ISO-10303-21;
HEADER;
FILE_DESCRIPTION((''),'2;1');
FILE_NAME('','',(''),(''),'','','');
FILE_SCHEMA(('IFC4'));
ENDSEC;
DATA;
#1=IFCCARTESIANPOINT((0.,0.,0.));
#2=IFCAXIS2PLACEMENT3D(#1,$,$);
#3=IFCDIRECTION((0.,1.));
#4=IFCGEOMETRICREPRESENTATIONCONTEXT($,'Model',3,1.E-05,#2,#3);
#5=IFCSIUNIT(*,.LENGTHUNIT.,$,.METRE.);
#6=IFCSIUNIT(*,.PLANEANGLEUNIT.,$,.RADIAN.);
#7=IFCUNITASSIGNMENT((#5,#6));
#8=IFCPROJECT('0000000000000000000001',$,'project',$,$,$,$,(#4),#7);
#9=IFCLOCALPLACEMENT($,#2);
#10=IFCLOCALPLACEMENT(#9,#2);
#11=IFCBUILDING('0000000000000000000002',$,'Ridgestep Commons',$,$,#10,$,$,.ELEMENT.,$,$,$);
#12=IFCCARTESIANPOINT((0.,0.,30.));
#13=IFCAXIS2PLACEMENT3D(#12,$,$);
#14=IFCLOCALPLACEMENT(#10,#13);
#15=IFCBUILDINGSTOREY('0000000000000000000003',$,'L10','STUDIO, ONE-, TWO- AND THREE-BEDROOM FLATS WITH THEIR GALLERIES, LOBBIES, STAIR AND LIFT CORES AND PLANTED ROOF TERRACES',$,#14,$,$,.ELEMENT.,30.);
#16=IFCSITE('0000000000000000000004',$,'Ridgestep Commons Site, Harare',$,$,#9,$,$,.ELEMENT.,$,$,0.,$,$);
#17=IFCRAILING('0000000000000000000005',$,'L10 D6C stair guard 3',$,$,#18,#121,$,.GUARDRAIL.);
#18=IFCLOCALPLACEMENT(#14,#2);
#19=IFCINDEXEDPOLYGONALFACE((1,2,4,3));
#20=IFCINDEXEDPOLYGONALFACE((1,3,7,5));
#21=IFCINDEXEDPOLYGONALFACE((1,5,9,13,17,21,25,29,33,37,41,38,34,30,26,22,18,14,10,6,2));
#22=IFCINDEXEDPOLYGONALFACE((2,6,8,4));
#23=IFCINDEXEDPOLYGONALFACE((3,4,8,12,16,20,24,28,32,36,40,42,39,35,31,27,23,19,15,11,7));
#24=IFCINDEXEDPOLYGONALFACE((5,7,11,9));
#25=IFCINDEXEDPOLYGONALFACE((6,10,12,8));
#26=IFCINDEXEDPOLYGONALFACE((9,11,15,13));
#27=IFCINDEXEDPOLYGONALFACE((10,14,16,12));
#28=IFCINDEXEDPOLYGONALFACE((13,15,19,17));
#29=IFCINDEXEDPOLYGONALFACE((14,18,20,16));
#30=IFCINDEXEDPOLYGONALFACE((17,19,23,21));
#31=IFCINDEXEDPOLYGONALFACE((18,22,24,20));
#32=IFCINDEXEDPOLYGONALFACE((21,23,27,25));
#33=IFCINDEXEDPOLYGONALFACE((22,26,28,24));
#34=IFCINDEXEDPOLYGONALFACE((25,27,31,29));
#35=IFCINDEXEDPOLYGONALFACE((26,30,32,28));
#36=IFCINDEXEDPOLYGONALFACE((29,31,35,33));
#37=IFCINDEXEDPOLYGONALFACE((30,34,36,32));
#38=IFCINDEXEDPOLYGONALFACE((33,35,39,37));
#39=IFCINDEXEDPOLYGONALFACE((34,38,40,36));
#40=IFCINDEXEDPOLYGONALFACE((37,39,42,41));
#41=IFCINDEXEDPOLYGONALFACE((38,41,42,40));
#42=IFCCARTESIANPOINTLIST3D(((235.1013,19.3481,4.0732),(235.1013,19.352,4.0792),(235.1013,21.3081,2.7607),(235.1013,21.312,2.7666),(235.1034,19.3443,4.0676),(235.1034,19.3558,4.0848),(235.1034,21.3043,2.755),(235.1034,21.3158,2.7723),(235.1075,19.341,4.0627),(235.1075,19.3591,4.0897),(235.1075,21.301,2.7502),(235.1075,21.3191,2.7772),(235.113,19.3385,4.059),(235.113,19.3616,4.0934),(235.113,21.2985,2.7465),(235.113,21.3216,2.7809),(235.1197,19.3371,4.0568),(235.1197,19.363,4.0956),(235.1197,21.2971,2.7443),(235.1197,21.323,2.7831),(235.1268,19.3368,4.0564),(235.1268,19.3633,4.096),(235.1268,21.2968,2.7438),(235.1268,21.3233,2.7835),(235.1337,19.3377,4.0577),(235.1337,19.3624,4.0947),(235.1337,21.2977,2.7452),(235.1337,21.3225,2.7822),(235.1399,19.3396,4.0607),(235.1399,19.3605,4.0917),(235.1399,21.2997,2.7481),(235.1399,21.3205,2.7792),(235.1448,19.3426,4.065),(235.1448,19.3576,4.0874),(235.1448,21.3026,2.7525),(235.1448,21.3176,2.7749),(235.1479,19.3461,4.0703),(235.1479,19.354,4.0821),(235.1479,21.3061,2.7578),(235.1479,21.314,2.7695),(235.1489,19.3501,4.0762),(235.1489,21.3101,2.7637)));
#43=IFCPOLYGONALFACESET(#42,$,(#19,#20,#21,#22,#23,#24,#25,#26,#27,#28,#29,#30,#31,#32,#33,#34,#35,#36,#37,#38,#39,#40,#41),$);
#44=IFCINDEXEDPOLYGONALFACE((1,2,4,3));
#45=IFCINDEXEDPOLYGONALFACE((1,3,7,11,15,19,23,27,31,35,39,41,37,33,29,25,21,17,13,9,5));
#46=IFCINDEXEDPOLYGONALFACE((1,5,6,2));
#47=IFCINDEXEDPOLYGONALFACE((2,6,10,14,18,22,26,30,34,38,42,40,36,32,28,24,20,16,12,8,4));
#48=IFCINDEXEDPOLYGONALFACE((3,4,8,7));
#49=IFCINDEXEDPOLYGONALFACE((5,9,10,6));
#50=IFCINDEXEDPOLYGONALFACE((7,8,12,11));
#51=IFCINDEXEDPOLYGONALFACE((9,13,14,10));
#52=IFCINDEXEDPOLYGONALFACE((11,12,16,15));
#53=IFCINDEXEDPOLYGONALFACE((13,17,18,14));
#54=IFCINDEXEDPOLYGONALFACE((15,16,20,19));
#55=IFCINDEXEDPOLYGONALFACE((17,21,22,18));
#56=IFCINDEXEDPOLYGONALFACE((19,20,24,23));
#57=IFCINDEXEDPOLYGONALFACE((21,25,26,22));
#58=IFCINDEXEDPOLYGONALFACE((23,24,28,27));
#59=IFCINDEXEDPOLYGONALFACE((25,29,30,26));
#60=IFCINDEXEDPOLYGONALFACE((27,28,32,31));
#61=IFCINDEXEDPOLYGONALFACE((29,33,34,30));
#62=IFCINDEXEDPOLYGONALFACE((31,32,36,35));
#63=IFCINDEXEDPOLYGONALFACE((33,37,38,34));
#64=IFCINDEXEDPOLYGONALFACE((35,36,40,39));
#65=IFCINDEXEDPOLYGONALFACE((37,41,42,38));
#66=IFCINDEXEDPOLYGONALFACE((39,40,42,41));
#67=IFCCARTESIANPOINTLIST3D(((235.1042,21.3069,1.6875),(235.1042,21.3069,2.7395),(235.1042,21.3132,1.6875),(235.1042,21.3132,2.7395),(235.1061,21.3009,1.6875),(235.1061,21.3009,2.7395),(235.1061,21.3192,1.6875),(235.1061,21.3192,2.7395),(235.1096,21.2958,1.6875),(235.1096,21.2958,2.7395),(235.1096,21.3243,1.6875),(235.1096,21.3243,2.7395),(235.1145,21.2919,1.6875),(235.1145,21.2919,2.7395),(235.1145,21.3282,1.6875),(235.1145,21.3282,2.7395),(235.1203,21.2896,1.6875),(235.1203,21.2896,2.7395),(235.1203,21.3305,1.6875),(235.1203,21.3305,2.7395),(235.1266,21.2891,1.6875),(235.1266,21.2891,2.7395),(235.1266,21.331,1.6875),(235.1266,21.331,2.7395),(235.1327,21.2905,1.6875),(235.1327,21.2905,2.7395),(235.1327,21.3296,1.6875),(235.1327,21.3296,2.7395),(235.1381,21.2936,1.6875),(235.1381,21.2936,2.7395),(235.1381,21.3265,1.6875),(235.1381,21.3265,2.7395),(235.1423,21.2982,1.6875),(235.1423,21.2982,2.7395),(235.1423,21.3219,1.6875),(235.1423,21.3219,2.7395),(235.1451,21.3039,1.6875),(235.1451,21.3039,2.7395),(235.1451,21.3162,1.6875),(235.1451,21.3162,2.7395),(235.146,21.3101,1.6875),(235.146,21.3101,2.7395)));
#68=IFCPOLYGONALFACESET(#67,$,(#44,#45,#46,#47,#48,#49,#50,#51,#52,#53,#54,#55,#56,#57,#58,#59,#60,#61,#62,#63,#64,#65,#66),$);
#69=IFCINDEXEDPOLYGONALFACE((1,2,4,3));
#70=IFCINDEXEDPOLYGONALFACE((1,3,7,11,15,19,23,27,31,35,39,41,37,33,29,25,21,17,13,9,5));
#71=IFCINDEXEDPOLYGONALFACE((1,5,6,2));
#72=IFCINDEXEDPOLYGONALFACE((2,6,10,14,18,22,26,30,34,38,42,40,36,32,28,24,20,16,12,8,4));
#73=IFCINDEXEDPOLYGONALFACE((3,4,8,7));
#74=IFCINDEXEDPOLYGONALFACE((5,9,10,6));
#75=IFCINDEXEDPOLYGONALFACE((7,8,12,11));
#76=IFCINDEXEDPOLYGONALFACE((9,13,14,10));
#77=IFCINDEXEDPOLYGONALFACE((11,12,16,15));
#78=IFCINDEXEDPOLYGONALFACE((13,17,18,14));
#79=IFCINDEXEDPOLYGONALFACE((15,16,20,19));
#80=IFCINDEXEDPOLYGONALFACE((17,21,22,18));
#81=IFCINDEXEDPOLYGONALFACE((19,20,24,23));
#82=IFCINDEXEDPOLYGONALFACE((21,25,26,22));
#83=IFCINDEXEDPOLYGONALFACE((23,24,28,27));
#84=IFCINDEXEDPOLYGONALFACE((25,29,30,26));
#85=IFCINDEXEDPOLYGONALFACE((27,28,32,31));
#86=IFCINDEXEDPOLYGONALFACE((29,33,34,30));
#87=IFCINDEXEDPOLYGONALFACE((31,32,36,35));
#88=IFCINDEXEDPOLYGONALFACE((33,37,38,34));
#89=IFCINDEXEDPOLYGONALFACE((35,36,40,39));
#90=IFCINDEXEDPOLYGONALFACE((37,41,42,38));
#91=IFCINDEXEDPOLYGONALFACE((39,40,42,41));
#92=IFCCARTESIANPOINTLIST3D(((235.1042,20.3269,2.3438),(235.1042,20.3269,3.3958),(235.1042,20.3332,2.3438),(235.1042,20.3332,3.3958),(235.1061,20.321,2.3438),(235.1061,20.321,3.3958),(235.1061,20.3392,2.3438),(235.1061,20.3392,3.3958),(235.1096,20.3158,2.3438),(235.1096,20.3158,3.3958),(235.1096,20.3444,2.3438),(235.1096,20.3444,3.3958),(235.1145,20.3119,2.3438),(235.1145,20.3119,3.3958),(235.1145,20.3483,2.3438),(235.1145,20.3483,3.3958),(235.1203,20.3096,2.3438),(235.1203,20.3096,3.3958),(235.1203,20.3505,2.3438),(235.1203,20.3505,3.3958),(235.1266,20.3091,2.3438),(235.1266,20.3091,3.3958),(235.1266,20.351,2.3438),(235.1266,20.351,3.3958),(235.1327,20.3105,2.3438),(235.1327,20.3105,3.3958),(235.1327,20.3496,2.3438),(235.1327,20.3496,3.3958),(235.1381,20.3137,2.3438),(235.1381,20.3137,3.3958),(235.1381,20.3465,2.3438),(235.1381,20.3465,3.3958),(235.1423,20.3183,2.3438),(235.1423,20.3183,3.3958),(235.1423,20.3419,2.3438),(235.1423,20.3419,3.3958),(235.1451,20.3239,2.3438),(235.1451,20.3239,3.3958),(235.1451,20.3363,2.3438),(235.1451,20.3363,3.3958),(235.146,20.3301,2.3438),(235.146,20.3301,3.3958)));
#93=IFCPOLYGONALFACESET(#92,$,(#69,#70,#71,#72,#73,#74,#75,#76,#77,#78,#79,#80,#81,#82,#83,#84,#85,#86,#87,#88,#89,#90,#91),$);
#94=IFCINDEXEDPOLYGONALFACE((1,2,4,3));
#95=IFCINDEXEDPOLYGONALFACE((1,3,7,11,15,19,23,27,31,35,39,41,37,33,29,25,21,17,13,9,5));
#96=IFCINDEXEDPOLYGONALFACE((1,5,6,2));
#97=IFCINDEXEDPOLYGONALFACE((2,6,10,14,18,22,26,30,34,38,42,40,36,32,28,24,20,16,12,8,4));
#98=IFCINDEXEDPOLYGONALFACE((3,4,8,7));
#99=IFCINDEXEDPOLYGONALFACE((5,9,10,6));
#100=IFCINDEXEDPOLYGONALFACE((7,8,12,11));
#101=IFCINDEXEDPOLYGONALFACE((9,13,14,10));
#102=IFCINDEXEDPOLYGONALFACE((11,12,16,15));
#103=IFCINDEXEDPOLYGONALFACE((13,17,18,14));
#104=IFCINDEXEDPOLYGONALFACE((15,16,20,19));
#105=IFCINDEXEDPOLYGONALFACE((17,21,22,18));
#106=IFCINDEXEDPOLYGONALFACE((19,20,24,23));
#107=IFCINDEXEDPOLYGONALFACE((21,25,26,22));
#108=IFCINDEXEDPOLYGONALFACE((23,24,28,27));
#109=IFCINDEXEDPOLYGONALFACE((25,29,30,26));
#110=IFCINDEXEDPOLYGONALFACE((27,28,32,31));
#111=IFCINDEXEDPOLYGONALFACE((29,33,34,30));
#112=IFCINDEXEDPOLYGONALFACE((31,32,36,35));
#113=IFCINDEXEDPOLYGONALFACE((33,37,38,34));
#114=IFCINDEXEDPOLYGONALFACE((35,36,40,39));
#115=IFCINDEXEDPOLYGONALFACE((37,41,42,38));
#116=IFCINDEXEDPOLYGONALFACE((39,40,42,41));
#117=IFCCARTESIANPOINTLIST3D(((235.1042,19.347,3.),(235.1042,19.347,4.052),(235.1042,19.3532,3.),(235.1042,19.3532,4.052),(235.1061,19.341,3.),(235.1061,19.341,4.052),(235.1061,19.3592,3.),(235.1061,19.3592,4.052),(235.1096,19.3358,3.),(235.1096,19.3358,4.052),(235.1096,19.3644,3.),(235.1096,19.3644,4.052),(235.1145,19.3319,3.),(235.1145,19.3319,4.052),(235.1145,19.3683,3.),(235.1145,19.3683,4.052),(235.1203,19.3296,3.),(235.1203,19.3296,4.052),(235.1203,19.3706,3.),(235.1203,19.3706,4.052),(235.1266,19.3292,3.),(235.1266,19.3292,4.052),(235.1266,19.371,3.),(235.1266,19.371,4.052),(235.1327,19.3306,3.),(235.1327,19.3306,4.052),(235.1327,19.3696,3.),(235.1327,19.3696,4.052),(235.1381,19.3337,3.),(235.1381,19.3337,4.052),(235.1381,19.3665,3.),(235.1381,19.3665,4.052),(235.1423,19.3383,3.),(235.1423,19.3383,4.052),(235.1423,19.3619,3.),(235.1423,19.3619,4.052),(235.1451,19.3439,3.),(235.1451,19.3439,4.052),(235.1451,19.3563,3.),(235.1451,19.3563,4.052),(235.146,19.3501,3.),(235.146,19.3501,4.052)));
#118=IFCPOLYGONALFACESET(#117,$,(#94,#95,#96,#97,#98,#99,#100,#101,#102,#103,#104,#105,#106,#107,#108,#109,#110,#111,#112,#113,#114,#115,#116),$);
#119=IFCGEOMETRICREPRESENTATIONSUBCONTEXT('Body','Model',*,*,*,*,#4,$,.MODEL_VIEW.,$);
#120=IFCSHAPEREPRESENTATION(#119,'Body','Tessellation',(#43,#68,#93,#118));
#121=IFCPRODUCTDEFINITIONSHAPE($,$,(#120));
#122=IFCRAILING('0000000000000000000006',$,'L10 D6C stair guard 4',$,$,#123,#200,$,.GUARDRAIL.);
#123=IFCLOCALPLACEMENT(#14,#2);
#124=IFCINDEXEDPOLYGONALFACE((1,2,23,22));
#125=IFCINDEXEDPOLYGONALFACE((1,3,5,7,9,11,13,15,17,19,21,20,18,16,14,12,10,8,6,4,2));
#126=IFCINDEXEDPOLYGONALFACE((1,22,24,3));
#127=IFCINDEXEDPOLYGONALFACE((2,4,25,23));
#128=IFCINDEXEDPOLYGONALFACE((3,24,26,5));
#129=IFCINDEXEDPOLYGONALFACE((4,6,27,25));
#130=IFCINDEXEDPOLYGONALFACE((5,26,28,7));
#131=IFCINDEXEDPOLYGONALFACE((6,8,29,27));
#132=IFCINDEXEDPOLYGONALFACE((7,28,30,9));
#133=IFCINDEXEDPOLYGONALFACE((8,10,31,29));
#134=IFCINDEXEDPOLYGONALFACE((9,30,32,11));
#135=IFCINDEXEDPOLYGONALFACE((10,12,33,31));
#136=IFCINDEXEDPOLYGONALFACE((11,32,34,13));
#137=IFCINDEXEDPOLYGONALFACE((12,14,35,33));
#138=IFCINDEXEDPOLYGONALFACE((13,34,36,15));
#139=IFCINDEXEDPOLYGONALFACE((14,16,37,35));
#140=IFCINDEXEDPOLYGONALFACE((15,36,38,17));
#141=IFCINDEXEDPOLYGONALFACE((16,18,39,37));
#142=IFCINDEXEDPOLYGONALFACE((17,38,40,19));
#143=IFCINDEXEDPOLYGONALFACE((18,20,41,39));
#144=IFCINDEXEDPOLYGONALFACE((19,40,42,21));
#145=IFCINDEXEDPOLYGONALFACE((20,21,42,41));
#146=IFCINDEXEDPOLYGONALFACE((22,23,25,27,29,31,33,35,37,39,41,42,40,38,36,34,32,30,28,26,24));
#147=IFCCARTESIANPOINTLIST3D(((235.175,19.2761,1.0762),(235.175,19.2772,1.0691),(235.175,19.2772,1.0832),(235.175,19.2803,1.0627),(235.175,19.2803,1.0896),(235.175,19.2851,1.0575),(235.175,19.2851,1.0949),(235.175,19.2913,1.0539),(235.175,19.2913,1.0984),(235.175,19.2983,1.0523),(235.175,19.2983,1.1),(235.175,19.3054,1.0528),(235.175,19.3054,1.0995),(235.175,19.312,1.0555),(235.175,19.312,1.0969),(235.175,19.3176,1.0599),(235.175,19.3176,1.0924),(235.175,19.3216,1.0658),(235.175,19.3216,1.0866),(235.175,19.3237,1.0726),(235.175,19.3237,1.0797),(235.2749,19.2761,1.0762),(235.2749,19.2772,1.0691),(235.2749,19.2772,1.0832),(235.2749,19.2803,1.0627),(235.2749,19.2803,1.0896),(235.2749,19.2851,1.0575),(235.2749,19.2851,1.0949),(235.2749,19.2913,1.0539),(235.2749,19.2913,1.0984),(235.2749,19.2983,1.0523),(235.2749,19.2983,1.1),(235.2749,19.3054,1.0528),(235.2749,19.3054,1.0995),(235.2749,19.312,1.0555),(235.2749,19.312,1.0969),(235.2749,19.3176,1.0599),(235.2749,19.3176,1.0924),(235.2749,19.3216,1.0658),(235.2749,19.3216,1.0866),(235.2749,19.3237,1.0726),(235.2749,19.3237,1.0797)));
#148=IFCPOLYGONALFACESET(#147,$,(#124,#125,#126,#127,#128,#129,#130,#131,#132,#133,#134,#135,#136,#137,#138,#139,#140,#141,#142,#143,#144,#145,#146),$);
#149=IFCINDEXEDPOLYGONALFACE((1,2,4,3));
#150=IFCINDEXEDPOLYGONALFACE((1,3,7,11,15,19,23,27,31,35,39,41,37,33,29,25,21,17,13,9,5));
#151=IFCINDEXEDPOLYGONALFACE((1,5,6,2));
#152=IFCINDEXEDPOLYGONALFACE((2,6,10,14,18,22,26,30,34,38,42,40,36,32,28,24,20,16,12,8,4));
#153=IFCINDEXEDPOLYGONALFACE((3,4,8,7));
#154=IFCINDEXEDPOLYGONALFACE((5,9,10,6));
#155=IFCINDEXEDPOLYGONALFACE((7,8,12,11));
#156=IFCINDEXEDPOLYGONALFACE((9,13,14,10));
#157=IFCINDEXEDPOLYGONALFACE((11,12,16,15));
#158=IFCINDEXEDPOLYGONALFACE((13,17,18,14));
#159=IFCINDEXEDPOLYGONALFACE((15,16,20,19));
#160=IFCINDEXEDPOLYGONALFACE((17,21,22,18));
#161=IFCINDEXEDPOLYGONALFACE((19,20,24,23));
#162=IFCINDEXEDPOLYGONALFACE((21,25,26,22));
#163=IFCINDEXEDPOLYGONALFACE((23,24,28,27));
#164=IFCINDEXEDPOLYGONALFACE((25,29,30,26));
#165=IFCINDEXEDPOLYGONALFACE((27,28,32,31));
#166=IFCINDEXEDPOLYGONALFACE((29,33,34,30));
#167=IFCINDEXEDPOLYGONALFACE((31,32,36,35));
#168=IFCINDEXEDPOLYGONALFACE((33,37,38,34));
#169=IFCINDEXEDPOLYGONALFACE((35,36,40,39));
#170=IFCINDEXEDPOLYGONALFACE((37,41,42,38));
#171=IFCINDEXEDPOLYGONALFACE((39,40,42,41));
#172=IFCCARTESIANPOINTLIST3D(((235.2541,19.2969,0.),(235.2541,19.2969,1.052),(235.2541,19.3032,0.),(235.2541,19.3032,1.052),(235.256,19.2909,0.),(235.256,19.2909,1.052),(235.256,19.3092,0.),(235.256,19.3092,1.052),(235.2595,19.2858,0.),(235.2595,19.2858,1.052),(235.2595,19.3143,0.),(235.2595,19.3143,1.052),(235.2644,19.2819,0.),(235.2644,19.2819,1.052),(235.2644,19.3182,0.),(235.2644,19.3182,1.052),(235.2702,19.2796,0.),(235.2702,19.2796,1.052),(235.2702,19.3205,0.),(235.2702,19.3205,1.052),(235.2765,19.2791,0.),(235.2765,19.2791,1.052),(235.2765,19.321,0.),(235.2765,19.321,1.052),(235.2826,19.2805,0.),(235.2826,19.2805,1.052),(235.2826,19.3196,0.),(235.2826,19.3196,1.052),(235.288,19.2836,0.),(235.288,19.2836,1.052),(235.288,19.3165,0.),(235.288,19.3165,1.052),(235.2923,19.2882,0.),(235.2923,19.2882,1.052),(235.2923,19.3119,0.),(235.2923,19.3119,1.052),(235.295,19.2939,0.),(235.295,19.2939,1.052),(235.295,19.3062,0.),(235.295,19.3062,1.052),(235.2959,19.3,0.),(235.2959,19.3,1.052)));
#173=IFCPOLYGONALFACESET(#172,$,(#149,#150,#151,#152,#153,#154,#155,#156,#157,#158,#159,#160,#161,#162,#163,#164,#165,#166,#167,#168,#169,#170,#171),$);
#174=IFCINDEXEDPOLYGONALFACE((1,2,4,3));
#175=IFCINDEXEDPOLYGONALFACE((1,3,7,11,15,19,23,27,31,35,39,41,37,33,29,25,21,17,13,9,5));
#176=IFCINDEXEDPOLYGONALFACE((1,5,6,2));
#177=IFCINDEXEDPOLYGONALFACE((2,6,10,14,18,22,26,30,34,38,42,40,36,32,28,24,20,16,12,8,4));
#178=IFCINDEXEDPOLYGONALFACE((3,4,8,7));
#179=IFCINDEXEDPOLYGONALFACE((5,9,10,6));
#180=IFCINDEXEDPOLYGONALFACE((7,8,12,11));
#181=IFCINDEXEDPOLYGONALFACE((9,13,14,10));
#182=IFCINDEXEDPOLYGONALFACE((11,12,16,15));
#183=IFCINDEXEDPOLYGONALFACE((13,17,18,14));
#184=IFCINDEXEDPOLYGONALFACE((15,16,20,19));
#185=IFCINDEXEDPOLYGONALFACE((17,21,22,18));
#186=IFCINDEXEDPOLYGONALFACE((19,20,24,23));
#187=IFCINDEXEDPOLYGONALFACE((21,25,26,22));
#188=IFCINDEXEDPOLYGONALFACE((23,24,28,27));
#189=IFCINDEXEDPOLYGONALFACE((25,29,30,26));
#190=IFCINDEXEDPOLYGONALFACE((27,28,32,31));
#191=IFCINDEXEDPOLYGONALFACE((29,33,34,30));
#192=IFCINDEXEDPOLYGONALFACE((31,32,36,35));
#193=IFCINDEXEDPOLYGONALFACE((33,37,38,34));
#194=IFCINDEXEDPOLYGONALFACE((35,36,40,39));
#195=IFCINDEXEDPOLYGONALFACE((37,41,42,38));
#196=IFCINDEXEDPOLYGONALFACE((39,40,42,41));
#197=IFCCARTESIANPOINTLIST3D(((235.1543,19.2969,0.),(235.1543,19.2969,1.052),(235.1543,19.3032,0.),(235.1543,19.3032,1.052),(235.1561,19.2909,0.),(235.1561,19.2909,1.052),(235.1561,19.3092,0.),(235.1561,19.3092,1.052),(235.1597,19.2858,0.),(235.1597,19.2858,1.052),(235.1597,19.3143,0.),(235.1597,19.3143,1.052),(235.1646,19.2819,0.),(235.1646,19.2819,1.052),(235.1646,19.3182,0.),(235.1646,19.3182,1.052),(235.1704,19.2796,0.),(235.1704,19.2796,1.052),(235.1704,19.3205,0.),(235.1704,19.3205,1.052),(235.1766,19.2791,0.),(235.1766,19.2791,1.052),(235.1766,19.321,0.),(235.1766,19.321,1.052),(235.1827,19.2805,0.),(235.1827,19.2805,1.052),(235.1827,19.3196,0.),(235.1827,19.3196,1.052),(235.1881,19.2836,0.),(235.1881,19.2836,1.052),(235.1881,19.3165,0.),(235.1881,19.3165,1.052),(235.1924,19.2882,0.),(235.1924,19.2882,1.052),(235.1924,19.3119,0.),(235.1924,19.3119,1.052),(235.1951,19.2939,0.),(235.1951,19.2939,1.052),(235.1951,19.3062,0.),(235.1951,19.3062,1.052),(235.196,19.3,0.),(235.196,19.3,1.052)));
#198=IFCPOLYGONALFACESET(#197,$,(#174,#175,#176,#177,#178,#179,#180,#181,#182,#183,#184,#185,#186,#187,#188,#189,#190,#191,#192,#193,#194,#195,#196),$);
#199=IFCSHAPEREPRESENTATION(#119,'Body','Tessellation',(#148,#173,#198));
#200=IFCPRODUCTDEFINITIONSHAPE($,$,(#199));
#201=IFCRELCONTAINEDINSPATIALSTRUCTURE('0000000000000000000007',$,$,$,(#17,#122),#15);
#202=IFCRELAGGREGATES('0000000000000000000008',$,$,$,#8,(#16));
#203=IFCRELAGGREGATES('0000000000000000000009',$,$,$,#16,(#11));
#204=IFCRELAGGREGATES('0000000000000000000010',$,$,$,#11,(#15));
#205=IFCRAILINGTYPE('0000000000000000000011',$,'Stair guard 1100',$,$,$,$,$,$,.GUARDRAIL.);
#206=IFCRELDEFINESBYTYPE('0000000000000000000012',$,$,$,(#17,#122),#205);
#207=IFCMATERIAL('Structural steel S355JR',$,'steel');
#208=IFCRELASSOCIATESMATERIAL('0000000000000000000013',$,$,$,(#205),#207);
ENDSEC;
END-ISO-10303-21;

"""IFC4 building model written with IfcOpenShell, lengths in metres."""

from ifc_helpers import new_model, si_unit, direction, frame, origin, origin_2d, place, context, subcontext, project, spatial, circle, extrude, material, type_object, element, save


model = new_model("IFC4")

# Units and contexts
model_context = context("Model", 3, precision=1e-05, world=origin(), true_north=direction((0.0, 1.0)))
body_context = subcontext(model_context, "Body", "Model", "MODEL_VIEW")
ifc_project = project(units=[si_unit("LENGTHUNIT", "METRE"), si_unit("PLANEANGLEUNIT", "RADIAN")], contexts=[model_context])

# Site, building, storey
site_placement = place(None, origin())
site = spatial("IfcSite", under=ifc_project, at=site_placement, Name="Ridgestep Commons Site, Harare", CompositionType="ELEMENT", RefElevation=0.0)
building_placement = place(site_placement, origin())
building = spatial("IfcBuilding", under=site, at=building_placement, Name="Ridgestep Commons", CompositionType="ELEMENT")
storey_placement = place(building_placement, frame((0.0, 0.0, 30.0)))
storey = spatial("IfcBuildingStorey", under=building, at=storey_placement, Name="L10", Description="STUDIO, ONE-, TWO- AND THREE-BEDROOM FLATS WITH THEIR GALLERIES, LOBBIES, STAIR AND LIFT CORES AND PLANTED ROOF TERRACES", CompositionType="ELEMENT", Elevation=30.0)

# Railings
ifc_material_1 = material(Name="Structural steel S355JR", Category="steel")
railing_type_1 = type_object("IfcRailingType", Name="Stair guard 1100", PredefinedType="GUARDRAIL", material=ifc_material_1)
railing_1_placement = place(storey_placement, frame((235.125, 21.3101, 1.6875)))
element("IfcRailing", 1, at=railing_1_placement, inside=storey, type_object=railing_type_1, Name="L10 D6C stair guard 3", PredefinedType="GUARDRAIL", context=body_context, shape_type="SweptSolid", body=[
    extrude(circle(Radius=0.0239, at=origin_2d()), frame((0.0, 0.0, 1.0762), z_axis=(0.0, -0.830902, 0.556419), x_axis=(1.0, 0.0, 0.0)), (0.0, 0.0, 1.0), 2.3589),
    extrude(circle(Radius=0.021, at=origin_2d()), origin(), (0.0, 0.0, 1.0), 1.052),
    extrude(circle(Radius=0.021, at=origin_2d()), frame((0.0, -0.98, 0.6562)), (0.0, 0.0, 1.0), 1.052),
    extrude(circle(Radius=0.021, at=origin_2d()), frame((0.0, -1.96, 1.3125)), (0.0, 0.0, 1.0), 1.052),
])
railing_2_placement = place(storey_placement, frame((235.2749, 19.3, 0.0)))
element("IfcRailing", 2, at=railing_2_placement, inside=storey, type_object=railing_type_1, Name="L10 D6C stair guard 4", PredefinedType="GUARDRAIL", context=body_context, shape_type="SweptSolid", body=[
    extrude(circle(Radius=0.0239, at=origin_2d()), frame((0.0, 0.0, 1.0762), z_axis=(-1.0, 0.0, 0.0), x_axis=(0.0, -1.0, 0.0)), (0.0, 0.0, 1.0), 0.0999),
    extrude(circle(Radius=0.021, at=origin_2d()), origin(), (0.0, 0.0, 1.0), 1.052),
    extrude(circle(Radius=0.021, at=origin_2d()), frame((-0.0999, 0.0, 0.0)), (0.0, 0.0, 1.0), 1.052),
])

save(model, "model.ifc")
